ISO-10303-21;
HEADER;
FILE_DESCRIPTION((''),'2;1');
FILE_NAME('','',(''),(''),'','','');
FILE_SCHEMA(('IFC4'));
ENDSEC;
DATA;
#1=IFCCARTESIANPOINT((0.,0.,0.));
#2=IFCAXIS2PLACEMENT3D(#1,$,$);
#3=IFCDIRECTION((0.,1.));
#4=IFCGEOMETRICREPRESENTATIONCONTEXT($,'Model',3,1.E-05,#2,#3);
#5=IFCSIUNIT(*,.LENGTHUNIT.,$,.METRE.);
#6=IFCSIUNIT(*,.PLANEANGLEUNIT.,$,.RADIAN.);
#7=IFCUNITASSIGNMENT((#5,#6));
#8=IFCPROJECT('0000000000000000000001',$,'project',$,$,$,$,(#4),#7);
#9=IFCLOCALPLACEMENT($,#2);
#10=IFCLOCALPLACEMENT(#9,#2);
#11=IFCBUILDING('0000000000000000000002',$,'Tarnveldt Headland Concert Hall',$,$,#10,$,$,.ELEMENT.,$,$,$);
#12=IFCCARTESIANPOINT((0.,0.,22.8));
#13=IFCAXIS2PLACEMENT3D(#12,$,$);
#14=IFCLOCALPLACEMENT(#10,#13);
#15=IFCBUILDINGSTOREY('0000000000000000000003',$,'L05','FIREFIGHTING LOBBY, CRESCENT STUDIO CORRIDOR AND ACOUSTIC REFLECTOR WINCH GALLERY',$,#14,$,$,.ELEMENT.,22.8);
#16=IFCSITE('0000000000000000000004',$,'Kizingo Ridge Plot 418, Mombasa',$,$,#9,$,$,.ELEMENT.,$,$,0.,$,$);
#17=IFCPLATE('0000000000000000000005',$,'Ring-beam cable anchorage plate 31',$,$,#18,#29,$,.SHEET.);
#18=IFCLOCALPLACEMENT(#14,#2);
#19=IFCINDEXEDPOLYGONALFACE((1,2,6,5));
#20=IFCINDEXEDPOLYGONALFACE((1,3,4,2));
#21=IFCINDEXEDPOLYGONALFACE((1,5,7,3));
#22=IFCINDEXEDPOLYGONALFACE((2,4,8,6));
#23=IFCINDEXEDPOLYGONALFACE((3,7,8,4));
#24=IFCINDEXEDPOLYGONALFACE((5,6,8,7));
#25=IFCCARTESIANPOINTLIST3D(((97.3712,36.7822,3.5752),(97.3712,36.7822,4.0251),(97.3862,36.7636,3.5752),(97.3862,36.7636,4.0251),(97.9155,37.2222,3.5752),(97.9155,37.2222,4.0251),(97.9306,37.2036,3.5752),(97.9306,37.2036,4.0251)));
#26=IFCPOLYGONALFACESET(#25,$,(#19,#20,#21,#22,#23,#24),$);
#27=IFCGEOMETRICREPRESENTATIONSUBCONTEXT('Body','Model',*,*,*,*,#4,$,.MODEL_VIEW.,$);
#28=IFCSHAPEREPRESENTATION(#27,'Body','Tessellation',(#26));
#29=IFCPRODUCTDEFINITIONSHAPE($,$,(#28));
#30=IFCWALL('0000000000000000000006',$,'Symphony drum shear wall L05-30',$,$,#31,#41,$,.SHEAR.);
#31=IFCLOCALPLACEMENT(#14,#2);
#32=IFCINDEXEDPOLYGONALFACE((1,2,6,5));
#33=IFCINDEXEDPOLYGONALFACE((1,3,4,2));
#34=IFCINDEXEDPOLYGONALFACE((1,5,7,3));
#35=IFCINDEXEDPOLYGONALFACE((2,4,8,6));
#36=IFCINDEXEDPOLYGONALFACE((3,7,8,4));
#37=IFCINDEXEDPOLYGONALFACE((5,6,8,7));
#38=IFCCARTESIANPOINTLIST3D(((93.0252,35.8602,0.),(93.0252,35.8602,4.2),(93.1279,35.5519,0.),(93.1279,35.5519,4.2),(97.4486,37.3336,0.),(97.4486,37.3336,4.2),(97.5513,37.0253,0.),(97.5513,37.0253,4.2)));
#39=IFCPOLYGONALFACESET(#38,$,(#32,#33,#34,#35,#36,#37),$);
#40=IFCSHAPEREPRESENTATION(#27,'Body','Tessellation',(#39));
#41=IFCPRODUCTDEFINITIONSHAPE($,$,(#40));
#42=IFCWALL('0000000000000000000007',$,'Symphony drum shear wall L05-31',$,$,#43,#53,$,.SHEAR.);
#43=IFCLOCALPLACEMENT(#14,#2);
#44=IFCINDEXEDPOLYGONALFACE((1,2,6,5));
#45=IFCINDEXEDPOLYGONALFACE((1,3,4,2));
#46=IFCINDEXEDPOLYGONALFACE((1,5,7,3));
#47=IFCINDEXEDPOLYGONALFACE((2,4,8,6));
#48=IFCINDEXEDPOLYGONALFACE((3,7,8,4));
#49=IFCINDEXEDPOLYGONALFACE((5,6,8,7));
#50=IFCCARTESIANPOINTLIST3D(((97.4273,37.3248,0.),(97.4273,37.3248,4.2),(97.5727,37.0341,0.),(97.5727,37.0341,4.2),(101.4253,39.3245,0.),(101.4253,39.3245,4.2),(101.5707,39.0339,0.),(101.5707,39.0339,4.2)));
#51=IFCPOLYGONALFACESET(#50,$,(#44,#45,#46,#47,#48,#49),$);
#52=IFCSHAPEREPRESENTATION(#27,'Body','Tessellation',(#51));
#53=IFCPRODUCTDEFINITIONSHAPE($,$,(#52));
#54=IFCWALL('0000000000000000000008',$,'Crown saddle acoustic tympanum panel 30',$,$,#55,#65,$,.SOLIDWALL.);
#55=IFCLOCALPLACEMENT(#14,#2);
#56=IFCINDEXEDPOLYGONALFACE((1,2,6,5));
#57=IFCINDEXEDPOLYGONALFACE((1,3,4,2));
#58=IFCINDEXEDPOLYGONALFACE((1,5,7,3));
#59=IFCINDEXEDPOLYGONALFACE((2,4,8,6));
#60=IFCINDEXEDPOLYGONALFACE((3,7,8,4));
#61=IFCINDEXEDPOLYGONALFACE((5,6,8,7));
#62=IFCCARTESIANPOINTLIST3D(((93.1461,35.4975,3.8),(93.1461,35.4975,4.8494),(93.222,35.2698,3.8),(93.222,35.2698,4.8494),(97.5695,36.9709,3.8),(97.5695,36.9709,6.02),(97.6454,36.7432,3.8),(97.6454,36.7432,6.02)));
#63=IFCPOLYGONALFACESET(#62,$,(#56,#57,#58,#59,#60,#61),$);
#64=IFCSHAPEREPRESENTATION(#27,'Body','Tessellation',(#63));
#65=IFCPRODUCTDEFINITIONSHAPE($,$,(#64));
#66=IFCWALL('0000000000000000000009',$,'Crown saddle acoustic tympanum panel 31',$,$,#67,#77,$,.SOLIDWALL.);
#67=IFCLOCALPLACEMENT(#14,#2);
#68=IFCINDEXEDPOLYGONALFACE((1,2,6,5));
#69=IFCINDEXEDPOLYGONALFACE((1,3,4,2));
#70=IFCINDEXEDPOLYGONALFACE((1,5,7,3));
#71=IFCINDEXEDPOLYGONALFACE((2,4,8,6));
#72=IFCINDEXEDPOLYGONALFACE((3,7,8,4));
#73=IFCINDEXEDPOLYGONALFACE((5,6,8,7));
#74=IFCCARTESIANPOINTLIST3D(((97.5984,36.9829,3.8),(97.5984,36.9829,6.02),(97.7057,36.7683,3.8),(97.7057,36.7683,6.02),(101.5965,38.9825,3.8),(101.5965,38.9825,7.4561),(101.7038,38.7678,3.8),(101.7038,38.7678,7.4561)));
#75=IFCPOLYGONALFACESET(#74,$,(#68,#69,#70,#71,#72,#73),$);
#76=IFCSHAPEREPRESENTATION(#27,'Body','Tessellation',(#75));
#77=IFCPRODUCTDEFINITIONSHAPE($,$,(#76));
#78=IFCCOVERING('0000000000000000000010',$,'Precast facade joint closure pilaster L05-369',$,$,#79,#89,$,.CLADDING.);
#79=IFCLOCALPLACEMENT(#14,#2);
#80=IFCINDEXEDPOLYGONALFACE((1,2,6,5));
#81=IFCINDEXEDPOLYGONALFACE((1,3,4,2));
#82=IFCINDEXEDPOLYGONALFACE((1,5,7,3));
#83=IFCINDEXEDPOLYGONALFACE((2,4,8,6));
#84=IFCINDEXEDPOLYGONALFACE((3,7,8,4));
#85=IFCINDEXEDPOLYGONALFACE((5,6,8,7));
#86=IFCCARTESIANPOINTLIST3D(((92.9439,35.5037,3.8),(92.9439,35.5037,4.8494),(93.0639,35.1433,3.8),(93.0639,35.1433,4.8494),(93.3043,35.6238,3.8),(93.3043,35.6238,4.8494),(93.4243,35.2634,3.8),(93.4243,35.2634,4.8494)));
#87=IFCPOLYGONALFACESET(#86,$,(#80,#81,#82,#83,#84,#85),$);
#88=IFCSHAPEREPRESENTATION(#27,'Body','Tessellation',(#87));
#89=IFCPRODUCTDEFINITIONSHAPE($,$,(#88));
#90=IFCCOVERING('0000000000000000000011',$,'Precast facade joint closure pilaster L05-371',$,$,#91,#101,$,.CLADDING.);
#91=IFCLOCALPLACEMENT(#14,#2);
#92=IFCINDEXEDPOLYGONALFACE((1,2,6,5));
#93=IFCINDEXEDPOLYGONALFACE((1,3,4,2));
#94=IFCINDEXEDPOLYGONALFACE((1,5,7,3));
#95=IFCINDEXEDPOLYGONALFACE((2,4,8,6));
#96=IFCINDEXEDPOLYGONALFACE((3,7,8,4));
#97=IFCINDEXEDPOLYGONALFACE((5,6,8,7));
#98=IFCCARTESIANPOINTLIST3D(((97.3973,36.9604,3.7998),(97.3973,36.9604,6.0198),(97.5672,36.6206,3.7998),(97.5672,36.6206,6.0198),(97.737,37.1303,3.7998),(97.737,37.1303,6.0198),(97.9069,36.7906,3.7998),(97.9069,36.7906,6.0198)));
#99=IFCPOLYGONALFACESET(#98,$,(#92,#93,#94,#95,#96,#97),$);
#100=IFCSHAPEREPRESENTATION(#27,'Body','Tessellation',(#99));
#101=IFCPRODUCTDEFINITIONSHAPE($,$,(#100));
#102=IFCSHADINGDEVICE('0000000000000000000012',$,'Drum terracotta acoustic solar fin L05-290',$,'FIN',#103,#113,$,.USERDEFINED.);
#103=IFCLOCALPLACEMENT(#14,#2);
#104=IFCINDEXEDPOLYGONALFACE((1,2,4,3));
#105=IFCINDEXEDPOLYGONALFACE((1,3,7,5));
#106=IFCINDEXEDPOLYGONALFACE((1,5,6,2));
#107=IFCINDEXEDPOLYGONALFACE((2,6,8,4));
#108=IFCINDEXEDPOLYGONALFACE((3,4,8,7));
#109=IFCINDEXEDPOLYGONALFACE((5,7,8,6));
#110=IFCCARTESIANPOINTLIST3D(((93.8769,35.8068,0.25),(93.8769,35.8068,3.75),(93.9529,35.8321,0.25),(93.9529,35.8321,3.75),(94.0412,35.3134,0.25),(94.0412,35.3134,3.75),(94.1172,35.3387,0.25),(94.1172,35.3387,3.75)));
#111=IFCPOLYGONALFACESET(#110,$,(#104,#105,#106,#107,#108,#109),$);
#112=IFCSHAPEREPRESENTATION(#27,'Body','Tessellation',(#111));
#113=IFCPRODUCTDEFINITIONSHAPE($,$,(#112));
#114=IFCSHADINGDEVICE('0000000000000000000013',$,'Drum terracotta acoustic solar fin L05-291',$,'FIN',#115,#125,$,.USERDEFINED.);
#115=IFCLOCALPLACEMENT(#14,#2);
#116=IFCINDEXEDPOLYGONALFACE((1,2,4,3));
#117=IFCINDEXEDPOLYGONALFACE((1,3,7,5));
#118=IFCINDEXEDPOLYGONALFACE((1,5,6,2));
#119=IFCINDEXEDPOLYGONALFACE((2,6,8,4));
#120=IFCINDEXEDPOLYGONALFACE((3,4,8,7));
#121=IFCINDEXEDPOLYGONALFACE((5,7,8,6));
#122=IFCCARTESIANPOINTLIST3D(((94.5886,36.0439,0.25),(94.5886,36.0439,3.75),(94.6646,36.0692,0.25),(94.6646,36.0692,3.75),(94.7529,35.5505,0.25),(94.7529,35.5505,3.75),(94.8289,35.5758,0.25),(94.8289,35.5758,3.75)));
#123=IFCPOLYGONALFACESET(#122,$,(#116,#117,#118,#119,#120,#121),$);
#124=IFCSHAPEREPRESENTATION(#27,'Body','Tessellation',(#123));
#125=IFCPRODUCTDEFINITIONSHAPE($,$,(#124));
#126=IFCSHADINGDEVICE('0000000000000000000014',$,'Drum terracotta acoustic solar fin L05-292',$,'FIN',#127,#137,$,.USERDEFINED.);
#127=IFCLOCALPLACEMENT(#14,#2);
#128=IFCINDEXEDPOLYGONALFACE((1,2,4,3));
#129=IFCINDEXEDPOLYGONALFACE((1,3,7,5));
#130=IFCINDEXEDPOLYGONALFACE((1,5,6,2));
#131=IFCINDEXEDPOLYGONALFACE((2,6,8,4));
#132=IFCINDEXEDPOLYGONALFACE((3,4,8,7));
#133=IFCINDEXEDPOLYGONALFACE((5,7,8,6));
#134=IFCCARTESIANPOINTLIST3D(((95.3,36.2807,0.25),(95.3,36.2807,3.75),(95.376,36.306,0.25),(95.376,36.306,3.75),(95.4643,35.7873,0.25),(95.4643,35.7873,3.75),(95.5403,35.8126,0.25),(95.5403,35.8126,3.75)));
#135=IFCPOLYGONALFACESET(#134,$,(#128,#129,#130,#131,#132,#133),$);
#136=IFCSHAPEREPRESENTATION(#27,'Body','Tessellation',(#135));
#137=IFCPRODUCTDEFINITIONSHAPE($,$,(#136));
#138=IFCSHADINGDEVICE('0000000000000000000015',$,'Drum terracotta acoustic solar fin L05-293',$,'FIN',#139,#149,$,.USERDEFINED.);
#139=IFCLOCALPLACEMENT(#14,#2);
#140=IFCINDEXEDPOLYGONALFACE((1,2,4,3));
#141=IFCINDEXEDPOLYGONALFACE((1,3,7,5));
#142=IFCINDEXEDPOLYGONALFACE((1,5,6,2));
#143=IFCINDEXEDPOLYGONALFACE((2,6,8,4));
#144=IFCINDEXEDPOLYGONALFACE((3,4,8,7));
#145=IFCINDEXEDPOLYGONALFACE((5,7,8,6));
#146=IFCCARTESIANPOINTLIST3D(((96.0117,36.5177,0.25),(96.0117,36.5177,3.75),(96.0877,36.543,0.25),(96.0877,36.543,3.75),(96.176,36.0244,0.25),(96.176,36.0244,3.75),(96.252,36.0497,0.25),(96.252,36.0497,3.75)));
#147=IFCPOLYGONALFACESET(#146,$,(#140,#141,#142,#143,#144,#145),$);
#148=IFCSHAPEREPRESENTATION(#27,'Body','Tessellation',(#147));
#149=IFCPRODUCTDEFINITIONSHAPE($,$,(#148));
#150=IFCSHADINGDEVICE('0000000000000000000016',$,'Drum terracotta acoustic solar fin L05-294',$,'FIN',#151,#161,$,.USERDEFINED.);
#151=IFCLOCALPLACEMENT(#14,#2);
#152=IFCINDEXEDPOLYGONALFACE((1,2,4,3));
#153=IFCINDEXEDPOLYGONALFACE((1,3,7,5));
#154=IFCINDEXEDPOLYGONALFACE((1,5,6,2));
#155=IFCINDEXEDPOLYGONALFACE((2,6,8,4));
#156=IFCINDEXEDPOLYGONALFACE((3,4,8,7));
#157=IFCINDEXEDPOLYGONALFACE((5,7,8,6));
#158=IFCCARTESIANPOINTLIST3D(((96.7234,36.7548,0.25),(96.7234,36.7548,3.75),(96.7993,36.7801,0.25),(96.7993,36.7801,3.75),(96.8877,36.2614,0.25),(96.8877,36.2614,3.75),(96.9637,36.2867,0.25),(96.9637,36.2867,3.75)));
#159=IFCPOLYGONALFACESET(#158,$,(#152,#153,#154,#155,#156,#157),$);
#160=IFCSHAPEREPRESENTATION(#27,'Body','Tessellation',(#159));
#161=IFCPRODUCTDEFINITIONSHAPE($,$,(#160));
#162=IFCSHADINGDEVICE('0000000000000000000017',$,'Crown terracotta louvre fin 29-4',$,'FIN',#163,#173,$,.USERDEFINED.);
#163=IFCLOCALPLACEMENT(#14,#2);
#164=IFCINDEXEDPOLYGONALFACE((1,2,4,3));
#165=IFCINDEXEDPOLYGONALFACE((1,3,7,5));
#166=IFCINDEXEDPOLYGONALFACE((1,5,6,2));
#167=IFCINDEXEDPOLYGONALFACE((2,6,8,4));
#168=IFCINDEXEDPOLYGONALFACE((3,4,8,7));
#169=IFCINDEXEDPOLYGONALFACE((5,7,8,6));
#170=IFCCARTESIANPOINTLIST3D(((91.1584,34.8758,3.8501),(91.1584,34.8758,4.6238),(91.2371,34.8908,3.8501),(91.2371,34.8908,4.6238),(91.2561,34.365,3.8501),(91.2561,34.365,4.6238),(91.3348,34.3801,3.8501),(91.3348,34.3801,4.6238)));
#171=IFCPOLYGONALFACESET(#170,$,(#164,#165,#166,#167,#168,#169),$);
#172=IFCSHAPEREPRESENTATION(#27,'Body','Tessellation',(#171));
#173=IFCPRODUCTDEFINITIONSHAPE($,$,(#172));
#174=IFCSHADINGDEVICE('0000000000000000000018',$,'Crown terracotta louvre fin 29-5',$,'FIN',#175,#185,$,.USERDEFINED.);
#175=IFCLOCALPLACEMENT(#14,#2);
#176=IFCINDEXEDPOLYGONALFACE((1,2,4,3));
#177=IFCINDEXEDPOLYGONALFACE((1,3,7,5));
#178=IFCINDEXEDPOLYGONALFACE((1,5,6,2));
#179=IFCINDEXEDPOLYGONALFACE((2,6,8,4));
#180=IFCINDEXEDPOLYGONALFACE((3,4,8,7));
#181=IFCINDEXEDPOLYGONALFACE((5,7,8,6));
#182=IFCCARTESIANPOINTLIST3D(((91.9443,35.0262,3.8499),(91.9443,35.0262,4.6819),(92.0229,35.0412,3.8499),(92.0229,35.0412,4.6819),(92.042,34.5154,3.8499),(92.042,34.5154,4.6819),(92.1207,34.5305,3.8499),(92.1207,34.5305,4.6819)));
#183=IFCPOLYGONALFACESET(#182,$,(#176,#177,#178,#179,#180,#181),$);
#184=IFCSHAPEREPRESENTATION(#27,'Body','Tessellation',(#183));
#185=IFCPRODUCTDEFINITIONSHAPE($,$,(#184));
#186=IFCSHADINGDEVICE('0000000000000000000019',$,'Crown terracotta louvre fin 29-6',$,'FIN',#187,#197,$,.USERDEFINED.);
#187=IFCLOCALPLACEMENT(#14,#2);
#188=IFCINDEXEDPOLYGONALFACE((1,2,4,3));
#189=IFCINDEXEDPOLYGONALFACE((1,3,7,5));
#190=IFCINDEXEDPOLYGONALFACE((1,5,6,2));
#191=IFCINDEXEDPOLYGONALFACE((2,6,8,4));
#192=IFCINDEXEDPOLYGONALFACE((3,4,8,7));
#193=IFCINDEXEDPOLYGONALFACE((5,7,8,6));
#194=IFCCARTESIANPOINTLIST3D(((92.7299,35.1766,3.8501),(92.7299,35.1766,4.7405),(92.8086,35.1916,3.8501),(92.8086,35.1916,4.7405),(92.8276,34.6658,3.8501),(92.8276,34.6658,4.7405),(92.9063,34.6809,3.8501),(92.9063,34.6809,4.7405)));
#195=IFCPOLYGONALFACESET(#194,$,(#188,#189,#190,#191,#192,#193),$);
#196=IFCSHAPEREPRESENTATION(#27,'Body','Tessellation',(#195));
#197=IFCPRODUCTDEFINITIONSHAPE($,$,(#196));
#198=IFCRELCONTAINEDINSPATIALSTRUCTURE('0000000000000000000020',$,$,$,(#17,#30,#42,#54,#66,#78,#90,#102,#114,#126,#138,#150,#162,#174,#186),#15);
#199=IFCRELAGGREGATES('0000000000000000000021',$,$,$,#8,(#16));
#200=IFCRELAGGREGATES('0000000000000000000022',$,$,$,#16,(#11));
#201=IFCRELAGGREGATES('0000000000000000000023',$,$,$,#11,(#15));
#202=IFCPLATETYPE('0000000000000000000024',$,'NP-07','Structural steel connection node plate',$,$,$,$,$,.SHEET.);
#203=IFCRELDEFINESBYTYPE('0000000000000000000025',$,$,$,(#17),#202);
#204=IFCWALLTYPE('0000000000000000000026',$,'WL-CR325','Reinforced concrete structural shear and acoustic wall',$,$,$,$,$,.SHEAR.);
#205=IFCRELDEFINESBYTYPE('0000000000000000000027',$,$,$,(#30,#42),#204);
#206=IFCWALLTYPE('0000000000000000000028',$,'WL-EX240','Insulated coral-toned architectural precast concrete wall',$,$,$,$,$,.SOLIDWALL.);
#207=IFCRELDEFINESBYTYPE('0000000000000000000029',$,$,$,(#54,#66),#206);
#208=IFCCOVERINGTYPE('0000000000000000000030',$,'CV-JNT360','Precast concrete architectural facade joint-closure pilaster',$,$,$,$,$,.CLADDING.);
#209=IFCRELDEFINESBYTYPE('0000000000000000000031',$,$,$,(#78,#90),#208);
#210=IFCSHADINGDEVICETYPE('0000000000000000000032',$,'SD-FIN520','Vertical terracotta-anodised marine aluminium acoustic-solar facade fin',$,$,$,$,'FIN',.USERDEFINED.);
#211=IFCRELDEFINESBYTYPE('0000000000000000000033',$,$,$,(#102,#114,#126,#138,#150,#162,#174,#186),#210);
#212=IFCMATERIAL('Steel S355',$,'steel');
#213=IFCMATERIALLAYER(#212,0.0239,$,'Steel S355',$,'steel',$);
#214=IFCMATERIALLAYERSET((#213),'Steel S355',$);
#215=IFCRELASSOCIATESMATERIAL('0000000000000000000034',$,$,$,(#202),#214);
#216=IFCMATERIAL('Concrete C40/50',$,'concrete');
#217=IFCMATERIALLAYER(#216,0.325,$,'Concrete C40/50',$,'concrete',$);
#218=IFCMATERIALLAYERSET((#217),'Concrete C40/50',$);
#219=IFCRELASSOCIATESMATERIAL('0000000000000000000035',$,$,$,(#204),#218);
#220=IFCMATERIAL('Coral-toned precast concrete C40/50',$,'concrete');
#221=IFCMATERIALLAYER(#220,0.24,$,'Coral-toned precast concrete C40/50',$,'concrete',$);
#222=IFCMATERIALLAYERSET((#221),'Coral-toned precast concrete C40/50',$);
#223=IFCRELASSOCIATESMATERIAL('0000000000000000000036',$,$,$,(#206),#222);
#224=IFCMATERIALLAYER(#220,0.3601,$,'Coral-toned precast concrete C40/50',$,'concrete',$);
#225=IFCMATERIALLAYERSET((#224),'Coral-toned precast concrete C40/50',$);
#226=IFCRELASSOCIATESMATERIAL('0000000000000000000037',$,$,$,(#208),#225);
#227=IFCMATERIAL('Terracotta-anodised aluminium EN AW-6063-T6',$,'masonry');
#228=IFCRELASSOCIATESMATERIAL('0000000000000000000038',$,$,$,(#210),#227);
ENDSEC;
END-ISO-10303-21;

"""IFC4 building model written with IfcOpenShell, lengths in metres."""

from ifc_helpers import new_model, si_unit, direction, frame, frame_2d, origin, origin_2d, place, context, subcontext, project, spatial, polyline, rectangle, outline, extrude, material, layer, layer_set, type_object, element, save


model = new_model("IFC4")

# Units and contexts
model_context = context("Model", 3, precision=1e-05, world=origin(), true_north=direction((0.0, 1.0)))
body_context = subcontext(model_context, "Body", "Model", "MODEL_VIEW")
ifc_project = project(units=[si_unit("LENGTHUNIT", "METRE"), si_unit("PLANEANGLEUNIT", "RADIAN")], contexts=[model_context])

# Site, building, storey
site_placement = place(None, origin())
site = spatial("IfcSite", under=ifc_project, at=site_placement, Name="Kizingo Ridge Plot 418, Mombasa", CompositionType="ELEMENT", RefElevation=0.0)
building_placement = place(site_placement, origin())
building = spatial("IfcBuilding", under=site, at=building_placement, Name="Tarnveldt Headland Concert Hall", CompositionType="ELEMENT")
storey_placement = place(building_placement, frame((0.0, 0.0, 22.8)))
storey = spatial("IfcBuildingStorey", under=building, at=storey_placement, Name="L05", Description="FIREFIGHTING LOBBY, CRESCENT STUDIO CORRIDOR AND ACOUSTIC REFLECTOR WINCH GALLERY", CompositionType="ELEMENT", Elevation=22.8)

# Shared definitions
ifc_material_1 = material(Name="Concrete C40/50", Category="concrete")

# Shared definitions
ifc_material_2 = material(Name="Steel S355", Category="steel")

# Plate
ifc_layer_1 = layer(ifc_material_2, 0.0239, Name="Steel S355", Category="steel")
ifc_layer_set_1 = layer_set([ifc_layer_1], Name="Steel S355")
plate_type_1 = type_object("IfcPlateType", Name="NP-07", Description="Structural steel connection node plate", PredefinedType="SHEET", material=ifc_layer_set_1)
plate_1_placement = place(storey_placement, frame((97.6509, 36.9929, 3.5752), z_axis=(0.0, 0.0, 1.0), x_axis=(0.777695, 0.628642, 0.0)))
element("IfcPlate", 1, at=plate_1_placement, inside=storey, type_object=plate_type_1, Name="Ring-beam cable anchorage plate 31", PredefinedType="SHEET", context=body_context, shape_type="SweptSolid", body=[
    extrude(rectangle(XDim=0.7, YDim=0.0239, at=origin_2d()), origin(), (0.0, 0.0, 1.0), 0.45),
])

# Walls
ifc_layer_2 = layer(ifc_material_1, 0.325, Name="Concrete C40/50", Category="concrete")
ifc_layer_set_2 = layer_set([ifc_layer_2], Name="Concrete C40/50")
wall_type_1 = type_object("IfcWallType", Name="WL-CR325", Description="Reinforced concrete structural shear and acoustic wall", PredefinedType="SHEAR", material=ifc_layer_set_2)
wall_1_placement = place(storey_placement, frame((93.0767, 35.7061, 0.0), z_axis=(0.0, 0.0, 1.0), x_axis=(0.948751, 0.316024, 0.0)))
element("IfcWall", 2, at=wall_1_placement, inside=storey, type_object=wall_type_1, Name="Symphony drum shear wall L05-30", PredefinedType="SHEAR", context=body_context, shape_type="SweptSolid", body=[
    extrude(rectangle(XDim=4.6624, YDim=0.325, at=frame_2d((2.3311, 0.0))), origin(), (0.0, 0.0, 1.0), 4.2),
])
wall_2_placement = place(storey_placement, frame((97.5, 37.1794, 0.0), z_axis=(0.0, 0.0, 1.0), x_axis=(0.894362, 0.447345, 0.0)))
element("IfcWall", 3, at=wall_2_placement, inside=storey, type_object=wall_type_1, Name="Symphony drum shear wall L05-31", PredefinedType="SHEAR", context=body_context, shape_type="SweptSolid", body=[
    extrude(rectangle(XDim=4.4702, YDim=0.325, at=frame_2d((2.2351, 0.0))), origin(), (0.0, 0.0, 1.0), 4.2),
])
ifc_material_3 = material(Name="Coral-toned precast concrete C40/50", Category="concrete")
ifc_layer_3 = layer(ifc_material_3, 0.24, Name="Coral-toned precast concrete C40/50", Category="concrete")
ifc_layer_set_3 = layer_set([ifc_layer_3], Name="Coral-toned precast concrete C40/50")
wall_type_2 = type_object("IfcWallType", Name="WL-EX240", Description="Insulated coral-toned architectural precast concrete wall", PredefinedType="SOLIDWALL", material=ifc_layer_set_3)
wall_3_placement = place(storey_placement, frame((93.1841, 35.3835, 3.8), z_axis=(0.0, 0.0, 1.0), x_axis=(0.948751, 0.316024, 0.0)))
element("IfcWall", 4, at=wall_3_placement, inside=storey, type_object=wall_type_2, Name="Crown saddle acoustic tympanum panel 30", PredefinedType="SOLIDWALL", context=body_context, shape_type="SweptSolid", body=[
    extrude(outline(polyline([(0.0, 0.0), (4.6624, 0.0), (4.6624, 2.22), (0.0, 1.0493), (0.0, 0.0)])), frame((0.0, 0.1201, 0.0), z_axis=(0.0, -1.0, 0.0), x_axis=(1.0, 0.0, 0.0)), (0.0, 0.0, 1.0), 0.24),
])
wall_4_placement = place(storey_placement, frame((97.6521, 36.8755, 3.8), z_axis=(0.0, 0.0, 1.0), x_axis=(0.894383, 0.447301, 0.0)))
element("IfcWall", 5, at=wall_4_placement, inside=storey, type_object=wall_type_2, Name="Crown saddle acoustic tympanum panel 31", PredefinedType="SOLIDWALL", context=body_context, shape_type="SweptSolid", body=[
    extrude(outline(polyline([(0.0, 0.0), (4.4702, 0.0), (4.4702, 3.656), (0.0, 2.22), (0.0, 0.0)])), frame((0.0, 0.1201, 0.0), z_axis=(0.0, -1.0, 0.0), x_axis=(1.0, 0.0, 0.0)), (0.0, 0.0, 1.0), 0.24),
])

# Coverings
ifc_layer_4 = layer(ifc_material_3, 0.3601, Name="Coral-toned precast concrete C40/50", Category="concrete")
ifc_layer_set_4 = layer_set([ifc_layer_4], Name="Coral-toned precast concrete C40/50")
covering_type = type_object("IfcCoveringType", Name="CV-JNT360", Description="Precast concrete architectural facade joint-closure pilaster", PredefinedType="CLADDING", material=ifc_layer_set_4)
covering_1_placement = place(storey_placement, frame((93.1841, 35.3835, 3.8), z_axis=(0.0, 0.0, 1.0), x_axis=(0.31598, -0.948766, 0.0)))
element("IfcCovering", 6, at=covering_1_placement, inside=storey, type_object=covering_type, Name="Precast facade joint closure pilaster L05-369", PredefinedType="CLADDING", context=body_context, shape_type="SweptSolid", body=[
    extrude(rectangle(XDim=0.3799, YDim=0.3799, at=origin_2d()), origin(), (0.0, 0.0, 1.0), 1.0493),
])
covering_2_placement = place(storey_placement, frame((97.6521, 36.8755, 3.7998), z_axis=(0.0, 0.0, 1.0), x_axis=(0.447291, -0.894389, 0.0)))
element("IfcCovering", 7, at=covering_2_placement, inside=storey, type_object=covering_type, Name="Precast facade joint closure pilaster L05-371", PredefinedType="CLADDING", context=body_context, shape_type="SweptSolid", body=[
    extrude(rectangle(XDim=0.3799, YDim=0.3799, at=origin_2d()), origin(), (0.0, 0.0, 1.0), 2.22),
])

# Shading devices
ifc_material_4 = material(Name="Terracotta-anodised aluminium EN AW-6063-T6", Category="masonry")
shading_device_type = type_object("IfcShadingDeviceType", Name="SD-FIN520", Description="Vertical terracotta-anodised marine aluminium acoustic-solar facade fin", ElementType="FIN", PredefinedType="USERDEFINED", material=ifc_material_4)
for number, where, z_axis, x_axis, name in (
    (8, (93.9971, 35.5728, 0.25), (0.0, 0.0, 1.0), (0.31598, -0.948766, 0.0), "Drum terracotta acoustic solar fin L05-290"),
    (9, (94.7087, 35.8098, 0.25), (0.0, 0.0, 1.0), (0.31598, -0.948766, 0.0), "Drum terracotta acoustic solar fin L05-291"),
    (10, (95.4202, 36.0466, 0.25), (0.0, 0.0, 1.0), (0.31598, -0.948766, 0.0), "Drum terracotta acoustic solar fin L05-292"),
    (11, (96.1318, 36.2837, 0.25), (0.0, 0.0, 1.0), (0.31598, -0.948766, 0.0), "Drum terracotta acoustic solar fin L05-293"),
    (12, (96.8435, 36.5208, 0.25), (0.0, 0.0, 1.0), (0.31598, -0.948766, 0.0), "Drum terracotta acoustic solar fin L05-294"),
):
    element("IfcShadingDevice", number, at=place(storey_placement, frame(where, z_axis=z_axis, x_axis=x_axis)), inside=storey, type_object=shading_device_type, Name=name, ObjectType="FIN", PredefinedType="USERDEFINED", context=body_context, shape_type="SweptSolid", body=[
        extrude(rectangle(XDim=0.52, YDim=0.0801, at=origin_2d()), origin(), (0.0, 0.0, 1.0), 3.5),
    ])
shading_device_1_placement = place(storey_placement, frame((91.2466, 34.6279, 3.8501), z_axis=(0.0, 0.0, 1.0), x_axis=(0.187896, -0.982189, 0.0)))
element("IfcShadingDevice", 13, at=shading_device_1_placement, inside=storey, type_object=shading_device_type, Name="Crown terracotta louvre fin 29-4", ObjectType="FIN", PredefinedType="USERDEFINED", context=body_context, shape_type="SweptSolid", body=[
    extrude(rectangle(XDim=0.52, YDim=0.0801, at=origin_2d()), origin(), (0.0, 0.0, 1.0), 0.7737),
])
shading_device_2_placement = place(storey_placement, frame((92.0325, 34.7783, 3.8499), z_axis=(0.0, 0.0, 1.0), x_axis=(0.187896, -0.982189, 0.0)))
element("IfcShadingDevice", 14, at=shading_device_2_placement, inside=storey, type_object=shading_device_type, Name="Crown terracotta louvre fin 29-5", ObjectType="FIN", PredefinedType="USERDEFINED", context=body_context, shape_type="SweptSolid", body=[
    extrude(rectangle(XDim=0.52, YDim=0.0801, at=origin_2d()), origin(), (0.0, 0.0, 1.0), 0.832),
])
shading_device_3_placement = place(storey_placement, frame((92.8181, 34.9287, 3.8501), z_axis=(0.0, 0.0, 1.0), x_axis=(0.187896, -0.982189, 0.0)))
element("IfcShadingDevice", 15, at=shading_device_3_placement, inside=storey, type_object=shading_device_type, Name="Crown terracotta louvre fin 29-6", ObjectType="FIN", PredefinedType="USERDEFINED", context=body_context, shape_type="SweptSolid", body=[
    extrude(rectangle(XDim=0.52, YDim=0.0801, at=origin_2d()), origin(), (0.0, 0.0, 1.0), 0.8904),
])

save(model, "model.ifc")
